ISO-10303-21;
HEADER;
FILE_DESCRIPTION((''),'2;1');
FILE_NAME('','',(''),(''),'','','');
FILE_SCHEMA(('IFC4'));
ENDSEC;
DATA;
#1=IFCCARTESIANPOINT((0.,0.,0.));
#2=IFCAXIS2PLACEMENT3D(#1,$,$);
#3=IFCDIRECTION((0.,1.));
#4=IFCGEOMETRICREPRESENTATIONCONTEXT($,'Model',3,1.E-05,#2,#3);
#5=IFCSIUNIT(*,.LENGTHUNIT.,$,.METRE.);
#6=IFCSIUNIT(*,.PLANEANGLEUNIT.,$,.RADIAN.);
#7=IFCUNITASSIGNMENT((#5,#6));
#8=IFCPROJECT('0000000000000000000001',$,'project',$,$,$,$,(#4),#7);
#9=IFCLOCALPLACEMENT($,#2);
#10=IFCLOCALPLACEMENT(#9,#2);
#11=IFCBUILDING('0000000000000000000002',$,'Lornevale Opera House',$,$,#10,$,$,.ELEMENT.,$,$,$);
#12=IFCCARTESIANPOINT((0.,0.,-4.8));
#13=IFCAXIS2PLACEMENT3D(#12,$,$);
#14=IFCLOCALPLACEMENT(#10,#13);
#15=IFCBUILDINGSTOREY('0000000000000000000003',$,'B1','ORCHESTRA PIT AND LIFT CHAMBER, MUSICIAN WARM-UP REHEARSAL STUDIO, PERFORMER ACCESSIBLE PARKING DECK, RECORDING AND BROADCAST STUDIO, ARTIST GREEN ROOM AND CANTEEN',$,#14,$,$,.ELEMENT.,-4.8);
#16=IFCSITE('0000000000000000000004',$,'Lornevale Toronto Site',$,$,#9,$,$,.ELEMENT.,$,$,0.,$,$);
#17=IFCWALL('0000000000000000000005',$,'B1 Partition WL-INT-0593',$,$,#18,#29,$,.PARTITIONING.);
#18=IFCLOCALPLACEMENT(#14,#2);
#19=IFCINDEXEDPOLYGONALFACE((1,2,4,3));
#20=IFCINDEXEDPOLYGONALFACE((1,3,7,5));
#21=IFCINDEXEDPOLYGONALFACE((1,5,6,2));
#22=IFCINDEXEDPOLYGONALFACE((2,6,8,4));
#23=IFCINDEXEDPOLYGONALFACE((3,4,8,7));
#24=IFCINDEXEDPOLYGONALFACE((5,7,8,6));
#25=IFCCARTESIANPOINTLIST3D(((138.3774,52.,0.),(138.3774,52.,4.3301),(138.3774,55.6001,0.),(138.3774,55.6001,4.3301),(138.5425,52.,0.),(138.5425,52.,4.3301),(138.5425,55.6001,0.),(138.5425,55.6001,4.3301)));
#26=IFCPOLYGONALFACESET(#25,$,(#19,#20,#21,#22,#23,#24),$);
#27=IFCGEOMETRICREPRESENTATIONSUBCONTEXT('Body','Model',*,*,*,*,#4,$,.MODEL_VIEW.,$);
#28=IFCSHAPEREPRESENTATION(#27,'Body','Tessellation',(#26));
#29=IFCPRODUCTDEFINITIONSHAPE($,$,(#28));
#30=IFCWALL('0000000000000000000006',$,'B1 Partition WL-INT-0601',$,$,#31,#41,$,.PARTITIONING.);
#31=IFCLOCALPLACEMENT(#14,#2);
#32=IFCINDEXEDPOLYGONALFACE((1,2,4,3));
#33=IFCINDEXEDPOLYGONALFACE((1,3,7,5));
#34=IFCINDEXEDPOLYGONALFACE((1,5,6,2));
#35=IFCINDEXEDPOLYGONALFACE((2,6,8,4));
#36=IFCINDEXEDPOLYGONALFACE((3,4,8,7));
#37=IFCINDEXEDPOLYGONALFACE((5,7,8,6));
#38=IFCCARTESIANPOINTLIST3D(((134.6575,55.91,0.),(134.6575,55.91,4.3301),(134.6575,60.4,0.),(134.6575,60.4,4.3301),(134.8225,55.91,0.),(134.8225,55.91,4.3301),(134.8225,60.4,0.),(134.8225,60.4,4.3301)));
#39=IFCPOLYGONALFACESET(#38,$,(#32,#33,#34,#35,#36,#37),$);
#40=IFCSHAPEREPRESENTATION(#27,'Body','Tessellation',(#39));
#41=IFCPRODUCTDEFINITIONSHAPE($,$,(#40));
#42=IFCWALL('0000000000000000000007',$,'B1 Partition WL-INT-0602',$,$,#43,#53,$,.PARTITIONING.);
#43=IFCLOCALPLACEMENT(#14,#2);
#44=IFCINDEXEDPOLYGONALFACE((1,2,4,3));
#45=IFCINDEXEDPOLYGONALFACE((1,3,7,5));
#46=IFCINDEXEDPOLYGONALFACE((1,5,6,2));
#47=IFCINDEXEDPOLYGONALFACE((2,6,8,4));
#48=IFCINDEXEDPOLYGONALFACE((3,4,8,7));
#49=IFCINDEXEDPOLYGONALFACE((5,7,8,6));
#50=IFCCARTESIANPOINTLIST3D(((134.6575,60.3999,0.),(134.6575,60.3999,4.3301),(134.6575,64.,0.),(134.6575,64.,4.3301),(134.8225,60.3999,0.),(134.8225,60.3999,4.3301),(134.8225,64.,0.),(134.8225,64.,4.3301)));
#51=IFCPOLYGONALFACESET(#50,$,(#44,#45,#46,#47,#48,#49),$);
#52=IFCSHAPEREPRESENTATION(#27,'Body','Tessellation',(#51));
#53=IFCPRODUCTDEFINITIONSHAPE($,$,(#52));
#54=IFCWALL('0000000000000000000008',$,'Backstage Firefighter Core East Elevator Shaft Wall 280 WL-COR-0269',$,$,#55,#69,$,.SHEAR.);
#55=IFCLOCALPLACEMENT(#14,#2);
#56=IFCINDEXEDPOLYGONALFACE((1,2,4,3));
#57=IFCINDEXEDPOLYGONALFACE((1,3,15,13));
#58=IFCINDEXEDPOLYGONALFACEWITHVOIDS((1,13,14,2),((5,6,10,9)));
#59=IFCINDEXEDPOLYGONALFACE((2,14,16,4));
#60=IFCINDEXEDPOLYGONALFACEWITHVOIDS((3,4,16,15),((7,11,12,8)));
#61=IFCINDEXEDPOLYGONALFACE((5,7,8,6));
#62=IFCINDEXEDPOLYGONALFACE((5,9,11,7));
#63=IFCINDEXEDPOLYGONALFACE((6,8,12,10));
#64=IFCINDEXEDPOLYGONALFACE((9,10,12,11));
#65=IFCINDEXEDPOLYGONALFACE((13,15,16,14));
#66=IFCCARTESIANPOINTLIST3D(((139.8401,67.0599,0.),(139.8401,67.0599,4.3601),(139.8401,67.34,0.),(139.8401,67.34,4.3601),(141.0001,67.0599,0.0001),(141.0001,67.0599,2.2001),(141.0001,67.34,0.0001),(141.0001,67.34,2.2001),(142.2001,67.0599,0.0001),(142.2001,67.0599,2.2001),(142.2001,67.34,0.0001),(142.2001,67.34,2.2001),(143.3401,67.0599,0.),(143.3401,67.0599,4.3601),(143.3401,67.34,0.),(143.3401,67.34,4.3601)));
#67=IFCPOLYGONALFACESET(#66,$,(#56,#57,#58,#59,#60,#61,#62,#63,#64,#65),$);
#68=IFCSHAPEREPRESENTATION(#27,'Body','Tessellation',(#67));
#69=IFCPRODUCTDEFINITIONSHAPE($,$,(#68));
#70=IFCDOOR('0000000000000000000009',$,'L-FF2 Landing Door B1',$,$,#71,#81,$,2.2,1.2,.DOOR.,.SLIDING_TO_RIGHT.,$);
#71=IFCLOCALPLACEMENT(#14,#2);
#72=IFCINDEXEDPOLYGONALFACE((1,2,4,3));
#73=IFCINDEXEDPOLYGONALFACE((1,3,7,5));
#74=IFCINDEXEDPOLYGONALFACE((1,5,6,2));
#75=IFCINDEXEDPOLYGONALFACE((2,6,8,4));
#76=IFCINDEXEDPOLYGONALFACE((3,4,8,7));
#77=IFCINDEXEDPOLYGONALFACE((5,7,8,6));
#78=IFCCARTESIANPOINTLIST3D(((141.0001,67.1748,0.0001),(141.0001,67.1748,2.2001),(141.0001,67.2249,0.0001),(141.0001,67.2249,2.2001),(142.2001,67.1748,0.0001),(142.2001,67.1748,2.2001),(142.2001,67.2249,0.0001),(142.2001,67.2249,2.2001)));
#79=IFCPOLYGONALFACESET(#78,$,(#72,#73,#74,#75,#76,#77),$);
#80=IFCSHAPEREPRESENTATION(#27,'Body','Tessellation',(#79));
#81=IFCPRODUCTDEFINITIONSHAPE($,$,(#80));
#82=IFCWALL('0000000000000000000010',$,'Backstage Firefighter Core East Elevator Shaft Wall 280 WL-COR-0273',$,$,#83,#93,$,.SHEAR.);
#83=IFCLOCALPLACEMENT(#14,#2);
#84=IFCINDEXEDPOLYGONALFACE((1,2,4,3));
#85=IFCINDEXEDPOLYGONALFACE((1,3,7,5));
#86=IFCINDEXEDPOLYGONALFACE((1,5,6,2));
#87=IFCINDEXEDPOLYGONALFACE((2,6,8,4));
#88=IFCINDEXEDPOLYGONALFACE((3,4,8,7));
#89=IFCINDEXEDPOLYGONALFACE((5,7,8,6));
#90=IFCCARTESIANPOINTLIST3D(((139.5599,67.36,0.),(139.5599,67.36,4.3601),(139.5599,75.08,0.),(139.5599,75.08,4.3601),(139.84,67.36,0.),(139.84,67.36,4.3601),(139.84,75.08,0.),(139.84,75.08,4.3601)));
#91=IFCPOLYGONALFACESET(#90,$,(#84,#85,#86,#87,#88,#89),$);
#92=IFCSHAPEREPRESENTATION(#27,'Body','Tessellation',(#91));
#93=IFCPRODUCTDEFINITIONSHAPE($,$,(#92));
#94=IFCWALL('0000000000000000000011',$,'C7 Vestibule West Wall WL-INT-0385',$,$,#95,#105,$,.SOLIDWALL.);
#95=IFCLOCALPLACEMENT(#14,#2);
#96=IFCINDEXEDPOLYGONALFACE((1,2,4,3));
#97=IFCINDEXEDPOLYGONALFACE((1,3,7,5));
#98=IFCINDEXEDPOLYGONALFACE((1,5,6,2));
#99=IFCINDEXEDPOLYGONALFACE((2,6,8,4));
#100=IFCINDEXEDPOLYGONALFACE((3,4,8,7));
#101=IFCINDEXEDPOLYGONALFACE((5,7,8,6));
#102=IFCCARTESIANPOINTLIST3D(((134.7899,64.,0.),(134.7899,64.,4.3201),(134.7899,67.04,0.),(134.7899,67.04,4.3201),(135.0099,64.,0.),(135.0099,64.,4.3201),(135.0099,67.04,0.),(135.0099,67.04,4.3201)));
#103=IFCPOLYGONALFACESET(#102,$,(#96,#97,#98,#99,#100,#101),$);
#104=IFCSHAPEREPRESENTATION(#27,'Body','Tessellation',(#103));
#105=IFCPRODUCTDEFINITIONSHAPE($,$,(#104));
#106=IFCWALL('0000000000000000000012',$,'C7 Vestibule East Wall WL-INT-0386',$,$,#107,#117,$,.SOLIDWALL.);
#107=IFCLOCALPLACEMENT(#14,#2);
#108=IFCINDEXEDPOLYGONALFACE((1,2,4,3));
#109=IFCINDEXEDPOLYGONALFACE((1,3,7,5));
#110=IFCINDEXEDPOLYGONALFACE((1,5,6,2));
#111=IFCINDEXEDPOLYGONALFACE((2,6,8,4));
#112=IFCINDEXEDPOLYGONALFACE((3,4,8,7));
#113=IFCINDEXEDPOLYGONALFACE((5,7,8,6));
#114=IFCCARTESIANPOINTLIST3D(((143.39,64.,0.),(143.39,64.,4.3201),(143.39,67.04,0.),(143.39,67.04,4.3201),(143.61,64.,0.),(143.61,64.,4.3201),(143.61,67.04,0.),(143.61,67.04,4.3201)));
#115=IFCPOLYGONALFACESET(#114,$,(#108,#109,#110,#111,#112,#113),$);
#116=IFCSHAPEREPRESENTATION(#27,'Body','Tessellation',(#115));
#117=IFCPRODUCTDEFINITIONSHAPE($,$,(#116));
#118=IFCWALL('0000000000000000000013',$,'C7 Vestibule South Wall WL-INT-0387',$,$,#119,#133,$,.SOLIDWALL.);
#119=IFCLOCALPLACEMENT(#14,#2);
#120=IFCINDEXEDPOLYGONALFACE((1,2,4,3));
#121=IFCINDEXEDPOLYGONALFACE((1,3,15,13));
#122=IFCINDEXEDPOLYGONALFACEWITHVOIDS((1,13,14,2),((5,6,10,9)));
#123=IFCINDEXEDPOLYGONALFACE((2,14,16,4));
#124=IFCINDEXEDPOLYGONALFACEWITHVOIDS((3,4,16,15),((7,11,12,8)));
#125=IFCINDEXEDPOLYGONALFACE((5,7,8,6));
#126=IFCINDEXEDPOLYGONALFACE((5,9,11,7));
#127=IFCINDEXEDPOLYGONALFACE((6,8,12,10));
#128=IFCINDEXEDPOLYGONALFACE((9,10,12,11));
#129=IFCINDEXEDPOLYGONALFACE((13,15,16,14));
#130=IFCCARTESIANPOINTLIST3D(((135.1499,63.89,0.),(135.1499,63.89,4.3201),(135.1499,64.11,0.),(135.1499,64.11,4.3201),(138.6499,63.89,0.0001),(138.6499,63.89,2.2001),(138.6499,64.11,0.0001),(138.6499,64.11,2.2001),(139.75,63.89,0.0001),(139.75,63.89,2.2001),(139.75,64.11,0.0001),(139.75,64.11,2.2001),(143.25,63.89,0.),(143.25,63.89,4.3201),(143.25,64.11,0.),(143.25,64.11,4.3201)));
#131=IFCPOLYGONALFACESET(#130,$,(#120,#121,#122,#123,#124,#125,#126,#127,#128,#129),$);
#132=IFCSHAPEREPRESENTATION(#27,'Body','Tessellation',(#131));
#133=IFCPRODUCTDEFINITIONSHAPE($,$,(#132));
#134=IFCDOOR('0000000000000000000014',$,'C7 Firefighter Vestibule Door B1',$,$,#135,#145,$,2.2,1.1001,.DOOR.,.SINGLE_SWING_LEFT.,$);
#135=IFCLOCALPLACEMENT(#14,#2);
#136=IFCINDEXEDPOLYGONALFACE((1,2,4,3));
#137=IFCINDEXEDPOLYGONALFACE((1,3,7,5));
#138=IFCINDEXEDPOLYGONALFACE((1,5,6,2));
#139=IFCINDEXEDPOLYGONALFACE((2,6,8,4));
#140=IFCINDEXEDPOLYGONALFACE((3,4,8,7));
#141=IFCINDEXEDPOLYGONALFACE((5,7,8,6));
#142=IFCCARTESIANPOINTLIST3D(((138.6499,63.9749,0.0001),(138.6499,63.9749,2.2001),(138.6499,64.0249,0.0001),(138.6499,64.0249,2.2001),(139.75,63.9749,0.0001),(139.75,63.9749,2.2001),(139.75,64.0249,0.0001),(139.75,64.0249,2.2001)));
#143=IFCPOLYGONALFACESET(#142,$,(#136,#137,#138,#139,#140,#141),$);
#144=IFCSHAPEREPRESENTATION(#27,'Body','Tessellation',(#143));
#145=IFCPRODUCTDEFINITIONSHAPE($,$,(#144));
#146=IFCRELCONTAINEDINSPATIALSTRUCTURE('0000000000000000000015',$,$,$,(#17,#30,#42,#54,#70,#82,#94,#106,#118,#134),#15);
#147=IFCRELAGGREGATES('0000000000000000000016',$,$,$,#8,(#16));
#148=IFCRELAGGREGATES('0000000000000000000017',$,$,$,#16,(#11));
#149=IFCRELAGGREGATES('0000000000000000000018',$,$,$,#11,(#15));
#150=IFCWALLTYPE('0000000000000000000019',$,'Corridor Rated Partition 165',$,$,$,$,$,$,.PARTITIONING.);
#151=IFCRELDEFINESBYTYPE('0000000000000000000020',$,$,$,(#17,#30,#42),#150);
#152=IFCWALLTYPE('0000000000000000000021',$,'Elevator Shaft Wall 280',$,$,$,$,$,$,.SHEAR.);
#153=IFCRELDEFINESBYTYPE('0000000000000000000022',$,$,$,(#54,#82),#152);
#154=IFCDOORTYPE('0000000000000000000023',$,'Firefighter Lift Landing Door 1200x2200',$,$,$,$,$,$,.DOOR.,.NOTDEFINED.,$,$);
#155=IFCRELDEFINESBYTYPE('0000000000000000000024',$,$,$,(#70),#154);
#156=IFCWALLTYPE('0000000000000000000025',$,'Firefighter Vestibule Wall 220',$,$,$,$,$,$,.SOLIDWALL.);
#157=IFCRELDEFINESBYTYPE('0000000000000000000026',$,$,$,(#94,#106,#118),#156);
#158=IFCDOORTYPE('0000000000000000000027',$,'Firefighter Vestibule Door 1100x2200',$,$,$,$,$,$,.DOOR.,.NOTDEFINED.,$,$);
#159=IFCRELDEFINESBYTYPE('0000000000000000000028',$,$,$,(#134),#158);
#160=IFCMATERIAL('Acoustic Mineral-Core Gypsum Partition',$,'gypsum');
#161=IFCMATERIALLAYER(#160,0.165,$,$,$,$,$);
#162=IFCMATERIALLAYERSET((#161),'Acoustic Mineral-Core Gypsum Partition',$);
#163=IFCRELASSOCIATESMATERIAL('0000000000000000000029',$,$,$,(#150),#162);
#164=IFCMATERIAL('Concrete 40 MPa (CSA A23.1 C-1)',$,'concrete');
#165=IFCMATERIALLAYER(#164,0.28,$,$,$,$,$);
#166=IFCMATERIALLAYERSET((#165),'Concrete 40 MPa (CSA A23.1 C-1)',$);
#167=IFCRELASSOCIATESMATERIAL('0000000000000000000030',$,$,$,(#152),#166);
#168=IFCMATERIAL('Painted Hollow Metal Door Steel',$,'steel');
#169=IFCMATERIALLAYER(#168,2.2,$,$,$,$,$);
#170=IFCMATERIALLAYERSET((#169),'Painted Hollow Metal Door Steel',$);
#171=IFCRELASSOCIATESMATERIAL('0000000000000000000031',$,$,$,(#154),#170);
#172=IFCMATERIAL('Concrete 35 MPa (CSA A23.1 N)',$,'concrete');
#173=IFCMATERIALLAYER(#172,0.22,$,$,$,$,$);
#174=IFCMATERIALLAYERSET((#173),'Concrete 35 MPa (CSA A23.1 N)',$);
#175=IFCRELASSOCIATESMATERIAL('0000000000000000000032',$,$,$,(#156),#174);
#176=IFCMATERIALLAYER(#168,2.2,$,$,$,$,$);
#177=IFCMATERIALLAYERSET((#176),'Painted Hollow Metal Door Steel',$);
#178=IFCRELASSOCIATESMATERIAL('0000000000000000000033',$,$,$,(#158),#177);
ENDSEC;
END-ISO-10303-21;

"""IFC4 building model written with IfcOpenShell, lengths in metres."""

from ifc_helpers import new_model, si_unit, direction, frame, frame_2d, origin, place, context, subcontext, project, spatial, rectangle, extrude, material, layer, layer_set, type_object, element, fill, save


model = new_model("IFC4")

# Units and contexts
model_context = context("Model", 3, precision=1e-05, world=origin(), true_north=direction((0.0, 1.0)))
body_context = subcontext(model_context, "Body", "Model", "MODEL_VIEW")
ifc_project = project(units=[si_unit("LENGTHUNIT", "METRE"), si_unit("PLANEANGLEUNIT", "RADIAN")], contexts=[model_context])

# Site, building, storey
site_placement = place(None, origin())
site = spatial("IfcSite", under=ifc_project, at=site_placement, Name="Lornevale Toronto Site", CompositionType="ELEMENT", RefElevation=0.0)
building_placement = place(site_placement, origin())
building = spatial("IfcBuilding", under=site, at=building_placement, Name="Lornevale Opera House", CompositionType="ELEMENT")
storey_placement = place(building_placement, frame((0.0, 0.0, -4.8)))
storey = spatial("IfcBuildingStorey", under=building, at=storey_placement, Name="B1", Description="ORCHESTRA PIT AND LIFT CHAMBER, MUSICIAN WARM-UP REHEARSAL STUDIO, PERFORMER ACCESSIBLE PARKING DECK, RECORDING AND BROADCAST STUDIO, ARTIST GREEN ROOM AND CANTEEN", CompositionType="ELEMENT", Elevation=-4.8)

# Shared definitions
ifc_material_1 = material(Name="Concrete 40 MPa (CSA A23.1 C-1)", Category="concrete")

# Shared definitions
ifc_material_2 = material(Name="Concrete 35 MPa (CSA A23.1 N)", Category="concrete")

# Shared definitions
ifc_material_3 = material(Name="Painted Hollow Metal Door Steel", Category="steel")

# Walls
ifc_material_4 = material(Name="Acoustic Mineral-Core Gypsum Partition", Category="gypsum")
ifc_layer_1 = layer(ifc_material_4, 0.165)
ifc_layer_set_1 = layer_set([ifc_layer_1], Name="Acoustic Mineral-Core Gypsum Partition")
wall_type_1 = type_object("IfcWallType", Name="Corridor Rated Partition 165", PredefinedType="PARTITIONING", material=ifc_layer_set_1)
wall_1_placement = place(storey_placement, frame((138.46, 52.0, 0.0), z_axis=(0.0, 0.0, 1.0), x_axis=(0.0, 1.0, 0.0)))
element("IfcWall", 1, at=wall_1_placement, inside=storey, type_object=wall_type_1, Name="B1 Partition WL-INT-0593", PredefinedType="PARTITIONING", context=body_context, shape_type="SweptSolid", body=[
    extrude(rectangle(XDim=3.6001, YDim=0.165, at=frame_2d((1.8, 0.0))), origin(), (0.0, 0.0, 1.0), 4.3301),
])
wall_2_placement = place(storey_placement, frame((134.74, 55.9099, 0.0), z_axis=(0.0, 0.0, 1.0), x_axis=(0.0, 1.0, 0.0)))
element("IfcWall", 2, at=wall_2_placement, inside=storey, type_object=wall_type_1, Name="B1 Partition WL-INT-0601", PredefinedType="PARTITIONING", context=body_context, shape_type="SweptSolid", body=[
    extrude(rectangle(XDim=4.49, YDim=0.165, at=frame_2d((2.2451, 0.0))), origin(), (0.0, 0.0, 1.0), 4.3301),
])
wall_3_placement = place(storey_placement, frame((134.74, 60.3999, 0.0), z_axis=(0.0, 0.0, 1.0), x_axis=(0.0, 1.0, 0.0)))
element("IfcWall", 3, at=wall_3_placement, inside=storey, type_object=wall_type_1, Name="B1 Partition WL-INT-0602", PredefinedType="PARTITIONING", context=body_context, shape_type="SweptSolid", body=[
    extrude(rectangle(XDim=3.6001, YDim=0.165, at=frame_2d((1.8, 0.0))), origin(), (0.0, 0.0, 1.0), 4.3301),
])

# Wall, opening, door
ifc_layer_2 = layer(ifc_material_1, 0.28)
ifc_layer_set_2 = layer_set([ifc_layer_2], Name="Concrete 40 MPa (CSA A23.1 C-1)")
wall_type_2 = type_object("IfcWallType", Name="Elevator Shaft Wall 280", PredefinedType="SHEAR", material=ifc_layer_set_2)
wall_4_placement = place(storey_placement, frame((139.8401, 67.2, 0.0), z_axis=(0.0, 0.0, 1.0), x_axis=(1.0, 0.0, 0.0)))
wall_4 = element("IfcWall", 4, at=wall_4_placement, inside=storey, type_object=wall_type_2, Name="Backstage Firefighter Core East Elevator Shaft Wall 280 WL-COR-0269", PredefinedType="SHEAR", context=body_context, shape_type="SweptSolid", body=[
    extrude(rectangle(XDim=3.5, YDim=0.28, at=frame_2d((1.75, 0.0))), origin(), (0.0, 0.0, 1.0), 4.3601),
])
opening_1_placement = place(wall_4_placement, frame((1.1599, 0.0, 0.0)))
opening_1 = element("IfcOpeningElement", 5, at=opening_1_placement, cuts=wall_4, PredefinedType="OPENING", context=body_context, shape_type="SweptSolid", body=[
    extrude(rectangle(XDim=1.2, YDim=2.2, at=frame_2d((0.6001, 1.1001))), frame((0.0, 0.1499, 0.0), z_axis=(0.0, -1.0, 0.0), x_axis=(1.0, 0.0, 0.0)), (0.0, 0.0, 1.0), 0.3),
])
ifc_layer_3 = layer(ifc_material_3, 2.2)
ifc_layer_set_3 = layer_set([ifc_layer_3], Name="Painted Hollow Metal Door Steel")
door_type_1 = type_object("IfcDoorType", Name="Firefighter Lift Landing Door 1200x2200", OperationType="NOTDEFINED", PredefinedType="DOOR", material=ifc_layer_set_3)
door_1_placement = place(opening_1_placement, origin())
door_1 = element("IfcDoor", 6, at=door_1_placement, inside=storey, type_object=door_type_1, Name="L-FF2 Landing Door B1", OperationType="SLIDING_TO_RIGHT", OverallHeight=2.2, OverallWidth=1.2, PredefinedType="DOOR", context=body_context, shape_type="SweptSolid", body=[
    extrude(rectangle(XDim=1.2, YDim=2.2, at=frame_2d((0.6001, 1.1001))), frame((0.0, 0.0249, 0.0), z_axis=(0.0, -1.0, 0.0), x_axis=(1.0, 0.0, 0.0)), (0.0, 0.0, 1.0), 0.05),
])
fill(opening_1, door_1)

# Walls
wall_5_placement = place(storey_placement, frame((139.7, 67.3601, 0.0), z_axis=(0.0, 0.0, 1.0), x_axis=(0.0, 1.0, 0.0)))
element("IfcWall", 7, at=wall_5_placement, inside=storey, type_object=wall_type_2, Name="Backstage Firefighter Core East Elevator Shaft Wall 280 WL-COR-0273", PredefinedType="SHEAR", context=body_context, shape_type="SweptSolid", body=[
    extrude(rectangle(XDim=7.72, YDim=0.28, at=frame_2d((3.8599, 0.0))), origin(), (0.0, 0.0, 1.0), 4.3601),
])
ifc_layer_4 = layer(ifc_material_2, 0.22)
ifc_layer_set_4 = layer_set([ifc_layer_4], Name="Concrete 35 MPa (CSA A23.1 N)")
wall_type_3 = type_object("IfcWallType", Name="Firefighter Vestibule Wall 220", PredefinedType="SOLIDWALL", material=ifc_layer_set_4)
for number, where, z_axis, x_axis, name in (
    (8, (134.8999, 64.0, 0.0), (0.0, 0.0, 1.0), (0.0, 1.0, 0.0), "C7 Vestibule West Wall WL-INT-0385"),
    (9, (143.5, 64.0, 0.0), (0.0, 0.0, 1.0), (0.0, 1.0, 0.0), "C7 Vestibule East Wall WL-INT-0386"),
):
    element("IfcWall", number, at=place(storey_placement, frame(where, z_axis=z_axis, x_axis=x_axis)), inside=storey, type_object=wall_type_3, Name=name, PredefinedType="SOLIDWALL", context=body_context, shape_type="SweptSolid", body=[
        extrude(rectangle(XDim=3.04, YDim=0.22, at=frame_2d((1.52, 0.0))), origin(), (0.0, 0.0, 1.0), 4.3201),
    ])

# Wall, opening, door
wall_6_placement = place(storey_placement, frame((135.1499, 64.0, 0.0), z_axis=(0.0, 0.0, 1.0), x_axis=(1.0, 0.0, 0.0)))
wall_6 = element("IfcWall", 10, at=wall_6_placement, inside=storey, type_object=wall_type_3, Name="C7 Vestibule South Wall WL-INT-0387", PredefinedType="SOLIDWALL", context=body_context, shape_type="SweptSolid", body=[
    extrude(rectangle(XDim=8.1001, YDim=0.22, at=frame_2d((4.05, 0.0))), origin(), (0.0, 0.0, 1.0), 4.3201),
])
opening_2_placement = place(wall_6_placement, frame((3.5, 0.0, 0.0)))
opening_2 = element("IfcOpeningElement", 11, at=opening_2_placement, cuts=wall_6, PredefinedType="OPENING", context=body_context, shape_type="SweptSolid", body=[
    extrude(rectangle(XDim=1.1001, YDim=2.2, at=frame_2d((0.55, 1.1001))), frame((0.0, 0.1199, 0.0), z_axis=(0.0, -1.0, 0.0), x_axis=(1.0, 0.0, 0.0)), (0.0, 0.0, 1.0), 0.24),
])
ifc_layer_5 = layer(ifc_material_3, 2.2)
ifc_layer_set_5 = layer_set([ifc_layer_5], Name="Painted Hollow Metal Door Steel")
door_type_2 = type_object("IfcDoorType", Name="Firefighter Vestibule Door 1100x2200", OperationType="NOTDEFINED", PredefinedType="DOOR", material=ifc_layer_set_5)
door_2_placement = place(opening_2_placement, origin())
door_2 = element("IfcDoor", 12, at=door_2_placement, inside=storey, type_object=door_type_2, Name="C7 Firefighter Vestibule Door B1", OperationType="SINGLE_SWING_LEFT", OverallHeight=2.2, OverallWidth=1.1001, PredefinedType="DOOR", context=body_context, shape_type="SweptSolid", body=[
    extrude(rectangle(XDim=1.1001, YDim=2.2, at=frame_2d((0.55, 1.1001))), frame((0.0, 0.0249, 0.0), z_axis=(0.0, -1.0, 0.0), x_axis=(1.0, 0.0, 0.0)), (0.0, 0.0, 1.0), 0.05),
])
fill(opening_2, door_2)

save(model, "model.ifc")
